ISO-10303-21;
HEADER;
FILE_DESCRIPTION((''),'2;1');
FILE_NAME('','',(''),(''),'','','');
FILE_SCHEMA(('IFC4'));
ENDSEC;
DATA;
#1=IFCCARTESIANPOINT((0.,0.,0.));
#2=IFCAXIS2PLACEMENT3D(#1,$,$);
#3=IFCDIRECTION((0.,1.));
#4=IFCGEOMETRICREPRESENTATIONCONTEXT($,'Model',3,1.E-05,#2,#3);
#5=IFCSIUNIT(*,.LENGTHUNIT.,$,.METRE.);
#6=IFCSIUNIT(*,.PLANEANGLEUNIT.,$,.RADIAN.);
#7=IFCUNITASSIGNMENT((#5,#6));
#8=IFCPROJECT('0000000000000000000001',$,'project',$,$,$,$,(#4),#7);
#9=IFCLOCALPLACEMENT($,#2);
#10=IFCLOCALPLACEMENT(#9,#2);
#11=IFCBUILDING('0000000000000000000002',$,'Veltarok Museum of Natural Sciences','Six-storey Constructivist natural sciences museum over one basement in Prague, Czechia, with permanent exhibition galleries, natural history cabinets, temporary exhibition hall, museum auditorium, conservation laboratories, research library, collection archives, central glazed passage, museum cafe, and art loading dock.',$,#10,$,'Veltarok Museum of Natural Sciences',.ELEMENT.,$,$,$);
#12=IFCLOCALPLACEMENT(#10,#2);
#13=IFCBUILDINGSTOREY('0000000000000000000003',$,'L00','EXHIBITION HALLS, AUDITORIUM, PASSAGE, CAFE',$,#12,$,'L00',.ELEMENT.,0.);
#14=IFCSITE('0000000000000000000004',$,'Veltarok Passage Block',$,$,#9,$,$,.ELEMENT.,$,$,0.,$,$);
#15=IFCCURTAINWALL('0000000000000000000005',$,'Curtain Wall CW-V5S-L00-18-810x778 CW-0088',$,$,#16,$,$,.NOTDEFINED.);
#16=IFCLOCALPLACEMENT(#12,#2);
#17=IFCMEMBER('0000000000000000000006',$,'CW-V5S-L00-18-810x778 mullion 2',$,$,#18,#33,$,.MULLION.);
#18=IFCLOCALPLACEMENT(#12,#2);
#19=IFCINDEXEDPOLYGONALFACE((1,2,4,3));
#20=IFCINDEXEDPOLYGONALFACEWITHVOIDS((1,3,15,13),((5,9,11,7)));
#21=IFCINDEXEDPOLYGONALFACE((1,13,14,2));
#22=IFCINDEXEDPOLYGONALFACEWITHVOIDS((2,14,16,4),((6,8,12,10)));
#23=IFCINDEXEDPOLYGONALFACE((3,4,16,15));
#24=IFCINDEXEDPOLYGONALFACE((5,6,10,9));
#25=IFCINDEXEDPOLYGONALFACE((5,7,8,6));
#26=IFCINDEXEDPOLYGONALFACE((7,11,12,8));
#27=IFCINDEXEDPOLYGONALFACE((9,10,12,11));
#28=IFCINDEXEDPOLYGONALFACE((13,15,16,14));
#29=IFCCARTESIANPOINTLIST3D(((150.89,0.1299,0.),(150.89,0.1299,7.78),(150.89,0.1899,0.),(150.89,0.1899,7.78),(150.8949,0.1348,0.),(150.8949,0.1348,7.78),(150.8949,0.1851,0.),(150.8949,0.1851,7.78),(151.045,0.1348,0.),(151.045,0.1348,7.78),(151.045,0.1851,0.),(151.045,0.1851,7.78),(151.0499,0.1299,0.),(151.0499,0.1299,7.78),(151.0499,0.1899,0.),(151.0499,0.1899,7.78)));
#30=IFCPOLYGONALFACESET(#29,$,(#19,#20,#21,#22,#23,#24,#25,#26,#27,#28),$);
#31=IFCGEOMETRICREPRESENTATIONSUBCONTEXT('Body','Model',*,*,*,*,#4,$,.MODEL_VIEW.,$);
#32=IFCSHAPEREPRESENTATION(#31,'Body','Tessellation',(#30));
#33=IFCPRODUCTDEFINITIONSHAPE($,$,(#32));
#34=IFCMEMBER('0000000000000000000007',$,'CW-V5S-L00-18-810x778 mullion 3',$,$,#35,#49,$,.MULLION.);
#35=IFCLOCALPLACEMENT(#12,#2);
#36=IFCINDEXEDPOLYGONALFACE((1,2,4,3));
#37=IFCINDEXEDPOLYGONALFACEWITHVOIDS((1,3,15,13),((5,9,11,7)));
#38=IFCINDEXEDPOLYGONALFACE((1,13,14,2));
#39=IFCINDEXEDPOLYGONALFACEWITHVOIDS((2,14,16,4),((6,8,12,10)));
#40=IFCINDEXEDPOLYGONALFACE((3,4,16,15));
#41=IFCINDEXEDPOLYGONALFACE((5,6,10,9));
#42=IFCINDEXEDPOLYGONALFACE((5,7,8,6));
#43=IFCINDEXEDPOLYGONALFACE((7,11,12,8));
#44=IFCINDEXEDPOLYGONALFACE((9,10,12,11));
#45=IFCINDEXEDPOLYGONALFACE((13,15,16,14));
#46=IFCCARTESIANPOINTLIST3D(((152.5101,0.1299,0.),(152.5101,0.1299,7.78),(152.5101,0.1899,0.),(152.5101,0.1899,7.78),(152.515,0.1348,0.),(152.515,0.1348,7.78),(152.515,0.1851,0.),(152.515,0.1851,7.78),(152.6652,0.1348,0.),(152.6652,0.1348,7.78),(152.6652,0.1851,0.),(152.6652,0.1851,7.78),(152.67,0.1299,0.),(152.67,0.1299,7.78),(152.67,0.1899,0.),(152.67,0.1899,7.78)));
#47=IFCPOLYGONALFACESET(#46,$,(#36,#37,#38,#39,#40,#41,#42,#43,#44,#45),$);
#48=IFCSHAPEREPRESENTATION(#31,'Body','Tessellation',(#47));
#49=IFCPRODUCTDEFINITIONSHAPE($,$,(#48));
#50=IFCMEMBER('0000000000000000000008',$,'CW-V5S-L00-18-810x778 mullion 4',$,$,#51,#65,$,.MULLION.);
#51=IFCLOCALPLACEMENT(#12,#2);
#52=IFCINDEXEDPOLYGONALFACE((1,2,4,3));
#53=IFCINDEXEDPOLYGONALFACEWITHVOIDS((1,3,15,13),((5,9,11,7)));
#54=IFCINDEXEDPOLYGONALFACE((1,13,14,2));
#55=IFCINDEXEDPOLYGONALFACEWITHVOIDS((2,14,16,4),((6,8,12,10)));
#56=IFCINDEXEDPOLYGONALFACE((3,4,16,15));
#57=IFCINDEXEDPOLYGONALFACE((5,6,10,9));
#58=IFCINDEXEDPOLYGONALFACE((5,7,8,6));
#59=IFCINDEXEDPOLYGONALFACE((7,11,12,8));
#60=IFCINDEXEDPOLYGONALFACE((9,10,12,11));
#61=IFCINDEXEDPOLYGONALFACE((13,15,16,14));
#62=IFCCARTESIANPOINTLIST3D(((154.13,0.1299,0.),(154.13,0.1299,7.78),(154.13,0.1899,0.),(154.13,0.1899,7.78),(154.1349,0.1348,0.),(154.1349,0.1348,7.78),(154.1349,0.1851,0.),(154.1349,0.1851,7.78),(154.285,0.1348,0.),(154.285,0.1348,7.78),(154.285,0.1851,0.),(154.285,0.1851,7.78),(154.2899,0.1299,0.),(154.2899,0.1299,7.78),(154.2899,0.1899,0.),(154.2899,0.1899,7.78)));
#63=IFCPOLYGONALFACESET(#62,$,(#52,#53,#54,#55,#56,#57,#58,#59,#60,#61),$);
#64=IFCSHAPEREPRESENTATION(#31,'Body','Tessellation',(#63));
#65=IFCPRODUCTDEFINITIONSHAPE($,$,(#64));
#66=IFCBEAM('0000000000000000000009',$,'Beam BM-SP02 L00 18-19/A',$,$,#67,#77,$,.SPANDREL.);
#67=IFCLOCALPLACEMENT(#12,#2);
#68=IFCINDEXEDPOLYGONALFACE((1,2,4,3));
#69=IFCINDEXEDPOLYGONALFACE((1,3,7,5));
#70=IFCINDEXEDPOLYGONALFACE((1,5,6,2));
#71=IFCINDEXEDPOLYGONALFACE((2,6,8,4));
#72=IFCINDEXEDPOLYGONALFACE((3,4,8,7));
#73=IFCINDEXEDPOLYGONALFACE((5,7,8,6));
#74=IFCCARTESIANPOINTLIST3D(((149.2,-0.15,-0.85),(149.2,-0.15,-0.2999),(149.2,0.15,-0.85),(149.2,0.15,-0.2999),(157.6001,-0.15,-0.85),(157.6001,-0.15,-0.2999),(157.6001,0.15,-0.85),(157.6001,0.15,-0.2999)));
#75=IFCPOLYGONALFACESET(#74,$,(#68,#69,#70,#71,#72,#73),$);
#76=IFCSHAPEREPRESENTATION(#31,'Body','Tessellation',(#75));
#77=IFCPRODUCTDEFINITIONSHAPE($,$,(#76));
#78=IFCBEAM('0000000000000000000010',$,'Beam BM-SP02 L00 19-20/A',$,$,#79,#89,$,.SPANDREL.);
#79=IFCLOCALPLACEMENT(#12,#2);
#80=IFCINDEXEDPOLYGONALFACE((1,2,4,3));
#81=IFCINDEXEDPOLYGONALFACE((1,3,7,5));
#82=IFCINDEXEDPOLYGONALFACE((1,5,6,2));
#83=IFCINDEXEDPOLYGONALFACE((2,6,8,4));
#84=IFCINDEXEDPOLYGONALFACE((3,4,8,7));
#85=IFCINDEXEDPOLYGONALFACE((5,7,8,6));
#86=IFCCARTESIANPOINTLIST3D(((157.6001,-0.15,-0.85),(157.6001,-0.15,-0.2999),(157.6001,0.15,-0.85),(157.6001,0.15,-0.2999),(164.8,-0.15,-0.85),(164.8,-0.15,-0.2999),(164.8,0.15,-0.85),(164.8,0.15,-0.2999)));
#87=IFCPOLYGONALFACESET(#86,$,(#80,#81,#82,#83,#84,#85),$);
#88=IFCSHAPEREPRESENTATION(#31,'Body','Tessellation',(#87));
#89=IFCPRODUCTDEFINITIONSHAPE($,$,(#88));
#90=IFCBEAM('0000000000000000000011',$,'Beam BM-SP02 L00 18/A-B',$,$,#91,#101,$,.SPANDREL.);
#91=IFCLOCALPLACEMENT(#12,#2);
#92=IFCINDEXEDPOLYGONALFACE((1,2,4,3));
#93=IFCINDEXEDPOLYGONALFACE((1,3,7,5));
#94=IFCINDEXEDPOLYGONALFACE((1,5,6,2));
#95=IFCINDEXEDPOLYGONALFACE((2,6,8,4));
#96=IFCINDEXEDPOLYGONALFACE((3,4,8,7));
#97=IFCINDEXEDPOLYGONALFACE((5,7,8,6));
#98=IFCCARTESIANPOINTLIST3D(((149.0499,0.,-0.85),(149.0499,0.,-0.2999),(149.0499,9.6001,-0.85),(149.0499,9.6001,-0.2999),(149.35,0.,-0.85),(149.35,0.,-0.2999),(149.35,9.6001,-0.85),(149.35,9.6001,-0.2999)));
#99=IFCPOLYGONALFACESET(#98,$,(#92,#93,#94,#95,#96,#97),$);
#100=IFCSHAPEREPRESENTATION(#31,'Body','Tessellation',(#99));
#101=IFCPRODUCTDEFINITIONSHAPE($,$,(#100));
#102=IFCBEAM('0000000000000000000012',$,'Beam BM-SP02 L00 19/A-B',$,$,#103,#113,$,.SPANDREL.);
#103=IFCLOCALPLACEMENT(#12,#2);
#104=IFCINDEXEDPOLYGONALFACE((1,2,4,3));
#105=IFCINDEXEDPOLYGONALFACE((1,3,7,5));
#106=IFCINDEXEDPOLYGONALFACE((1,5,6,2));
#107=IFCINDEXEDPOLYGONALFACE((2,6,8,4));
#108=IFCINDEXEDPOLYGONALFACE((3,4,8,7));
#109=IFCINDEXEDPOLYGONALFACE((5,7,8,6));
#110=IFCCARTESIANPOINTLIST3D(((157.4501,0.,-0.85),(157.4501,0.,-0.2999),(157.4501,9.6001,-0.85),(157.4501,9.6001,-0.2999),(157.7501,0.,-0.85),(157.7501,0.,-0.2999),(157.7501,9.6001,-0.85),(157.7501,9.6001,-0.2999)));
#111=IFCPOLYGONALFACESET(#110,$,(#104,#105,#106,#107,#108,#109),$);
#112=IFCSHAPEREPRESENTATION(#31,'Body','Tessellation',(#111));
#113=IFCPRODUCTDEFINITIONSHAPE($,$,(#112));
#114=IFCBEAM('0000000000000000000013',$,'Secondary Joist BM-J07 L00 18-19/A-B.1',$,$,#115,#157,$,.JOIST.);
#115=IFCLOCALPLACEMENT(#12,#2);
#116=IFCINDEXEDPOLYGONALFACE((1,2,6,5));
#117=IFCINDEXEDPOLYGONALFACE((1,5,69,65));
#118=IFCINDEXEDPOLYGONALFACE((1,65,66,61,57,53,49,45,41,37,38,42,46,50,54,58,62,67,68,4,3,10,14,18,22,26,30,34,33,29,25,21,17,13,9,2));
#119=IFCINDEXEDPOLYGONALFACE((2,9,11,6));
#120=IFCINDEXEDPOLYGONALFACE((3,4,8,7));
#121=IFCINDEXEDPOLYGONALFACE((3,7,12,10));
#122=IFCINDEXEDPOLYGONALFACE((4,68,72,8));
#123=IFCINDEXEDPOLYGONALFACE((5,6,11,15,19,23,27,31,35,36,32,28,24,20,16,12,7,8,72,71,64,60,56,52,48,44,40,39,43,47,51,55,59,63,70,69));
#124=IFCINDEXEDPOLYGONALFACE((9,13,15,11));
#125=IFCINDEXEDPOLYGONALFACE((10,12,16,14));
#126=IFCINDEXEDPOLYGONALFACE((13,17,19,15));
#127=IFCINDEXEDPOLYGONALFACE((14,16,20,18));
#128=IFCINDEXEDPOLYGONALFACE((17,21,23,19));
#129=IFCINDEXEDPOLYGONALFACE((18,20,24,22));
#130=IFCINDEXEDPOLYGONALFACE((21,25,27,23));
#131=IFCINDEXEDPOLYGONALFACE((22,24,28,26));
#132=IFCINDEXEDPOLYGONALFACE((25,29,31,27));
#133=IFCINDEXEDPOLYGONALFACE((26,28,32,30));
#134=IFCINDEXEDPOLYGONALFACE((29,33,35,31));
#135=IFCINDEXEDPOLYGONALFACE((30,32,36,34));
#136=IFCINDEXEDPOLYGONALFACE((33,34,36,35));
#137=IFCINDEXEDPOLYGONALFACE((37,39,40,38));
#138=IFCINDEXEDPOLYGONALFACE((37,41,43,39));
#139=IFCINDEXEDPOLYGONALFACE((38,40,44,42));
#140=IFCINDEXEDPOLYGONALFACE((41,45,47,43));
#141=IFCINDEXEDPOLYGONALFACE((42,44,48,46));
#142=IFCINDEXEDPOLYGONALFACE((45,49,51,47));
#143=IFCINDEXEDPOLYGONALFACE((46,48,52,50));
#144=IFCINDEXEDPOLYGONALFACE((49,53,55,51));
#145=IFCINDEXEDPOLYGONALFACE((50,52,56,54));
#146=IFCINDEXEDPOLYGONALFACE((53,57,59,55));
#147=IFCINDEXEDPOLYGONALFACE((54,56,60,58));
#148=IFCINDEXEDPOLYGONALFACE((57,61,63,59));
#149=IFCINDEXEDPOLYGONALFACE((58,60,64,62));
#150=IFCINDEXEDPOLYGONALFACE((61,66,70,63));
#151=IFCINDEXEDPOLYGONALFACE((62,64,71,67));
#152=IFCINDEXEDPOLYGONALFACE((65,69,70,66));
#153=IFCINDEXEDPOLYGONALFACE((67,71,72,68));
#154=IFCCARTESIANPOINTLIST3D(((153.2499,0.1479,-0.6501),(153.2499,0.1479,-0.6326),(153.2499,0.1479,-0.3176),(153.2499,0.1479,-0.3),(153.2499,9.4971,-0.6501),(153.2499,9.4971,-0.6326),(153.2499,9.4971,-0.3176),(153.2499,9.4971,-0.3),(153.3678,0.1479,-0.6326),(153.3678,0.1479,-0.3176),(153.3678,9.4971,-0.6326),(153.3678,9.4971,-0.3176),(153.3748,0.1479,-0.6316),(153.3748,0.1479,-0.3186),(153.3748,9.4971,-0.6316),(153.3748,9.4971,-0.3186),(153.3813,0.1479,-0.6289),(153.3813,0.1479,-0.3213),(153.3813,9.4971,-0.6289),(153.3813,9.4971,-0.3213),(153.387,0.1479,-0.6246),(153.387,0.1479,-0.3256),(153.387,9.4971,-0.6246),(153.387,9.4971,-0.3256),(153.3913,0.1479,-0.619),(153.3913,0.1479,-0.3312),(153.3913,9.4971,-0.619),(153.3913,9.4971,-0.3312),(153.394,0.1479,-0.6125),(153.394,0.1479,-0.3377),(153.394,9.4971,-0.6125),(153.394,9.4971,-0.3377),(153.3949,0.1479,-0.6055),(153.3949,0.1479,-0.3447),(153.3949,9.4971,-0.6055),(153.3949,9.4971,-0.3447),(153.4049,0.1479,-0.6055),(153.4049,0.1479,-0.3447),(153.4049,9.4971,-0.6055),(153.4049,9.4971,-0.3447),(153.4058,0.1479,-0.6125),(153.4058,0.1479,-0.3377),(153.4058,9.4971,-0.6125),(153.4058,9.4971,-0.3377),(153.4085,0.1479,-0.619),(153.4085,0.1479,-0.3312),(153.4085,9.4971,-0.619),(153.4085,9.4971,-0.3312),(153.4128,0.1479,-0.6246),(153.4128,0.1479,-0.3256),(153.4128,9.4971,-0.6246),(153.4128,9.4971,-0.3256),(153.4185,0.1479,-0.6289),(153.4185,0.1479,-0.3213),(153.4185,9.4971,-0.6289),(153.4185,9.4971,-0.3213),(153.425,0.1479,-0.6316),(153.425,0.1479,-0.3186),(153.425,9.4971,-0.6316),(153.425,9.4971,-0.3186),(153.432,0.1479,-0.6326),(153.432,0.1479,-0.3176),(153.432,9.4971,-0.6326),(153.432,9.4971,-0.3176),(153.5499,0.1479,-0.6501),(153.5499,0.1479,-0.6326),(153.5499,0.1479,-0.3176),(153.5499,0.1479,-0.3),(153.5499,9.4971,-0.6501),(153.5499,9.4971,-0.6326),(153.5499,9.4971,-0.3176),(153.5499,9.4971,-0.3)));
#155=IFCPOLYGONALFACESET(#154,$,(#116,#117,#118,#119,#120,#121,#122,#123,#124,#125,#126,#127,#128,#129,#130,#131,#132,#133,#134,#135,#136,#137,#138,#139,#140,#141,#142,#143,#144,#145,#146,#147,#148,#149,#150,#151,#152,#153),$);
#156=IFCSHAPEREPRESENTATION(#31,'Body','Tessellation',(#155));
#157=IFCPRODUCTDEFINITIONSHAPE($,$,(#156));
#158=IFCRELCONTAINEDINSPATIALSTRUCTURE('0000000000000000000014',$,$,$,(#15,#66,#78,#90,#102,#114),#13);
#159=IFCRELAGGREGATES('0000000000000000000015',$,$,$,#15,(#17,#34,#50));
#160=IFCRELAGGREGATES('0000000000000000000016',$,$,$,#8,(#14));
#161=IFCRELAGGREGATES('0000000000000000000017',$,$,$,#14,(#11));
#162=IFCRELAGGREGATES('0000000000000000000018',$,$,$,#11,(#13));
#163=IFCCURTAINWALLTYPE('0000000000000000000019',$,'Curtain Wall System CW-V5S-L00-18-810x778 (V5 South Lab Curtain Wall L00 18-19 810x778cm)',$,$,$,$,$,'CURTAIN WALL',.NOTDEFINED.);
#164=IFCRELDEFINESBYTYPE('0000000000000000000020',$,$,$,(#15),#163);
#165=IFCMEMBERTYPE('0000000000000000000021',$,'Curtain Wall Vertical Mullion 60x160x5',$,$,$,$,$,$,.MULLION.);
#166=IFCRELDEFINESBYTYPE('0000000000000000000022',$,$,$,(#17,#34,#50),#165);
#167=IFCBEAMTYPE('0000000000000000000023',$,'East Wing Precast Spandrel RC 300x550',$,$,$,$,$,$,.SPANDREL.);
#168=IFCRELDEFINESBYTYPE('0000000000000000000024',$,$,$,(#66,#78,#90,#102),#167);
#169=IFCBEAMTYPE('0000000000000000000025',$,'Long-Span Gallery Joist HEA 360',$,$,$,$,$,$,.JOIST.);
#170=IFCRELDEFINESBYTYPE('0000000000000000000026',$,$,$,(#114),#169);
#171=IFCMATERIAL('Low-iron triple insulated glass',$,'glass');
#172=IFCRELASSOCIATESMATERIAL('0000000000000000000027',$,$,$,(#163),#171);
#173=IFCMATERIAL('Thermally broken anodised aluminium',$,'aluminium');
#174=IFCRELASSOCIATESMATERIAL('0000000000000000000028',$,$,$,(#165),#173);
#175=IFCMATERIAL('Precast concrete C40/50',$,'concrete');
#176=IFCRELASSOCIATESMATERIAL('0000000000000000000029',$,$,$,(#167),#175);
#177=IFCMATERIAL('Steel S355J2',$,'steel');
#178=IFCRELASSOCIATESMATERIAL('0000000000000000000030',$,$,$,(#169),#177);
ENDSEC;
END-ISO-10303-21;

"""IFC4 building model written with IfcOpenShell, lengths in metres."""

from ifc_helpers import new_model, si_unit, direction, frame, origin, origin_2d, place, context, subcontext, project, spatial, rectangle, hollow_rectangle, i_section, extrude, material, material_profile, profile_set, type_object, element, aggregate, save


model = new_model("IFC4")

# Units and contexts
model_context = context("Model", 3, precision=1e-05, world=origin(), true_north=direction((0.0, 1.0)))
body_context = subcontext(model_context, "Body", "Model", "MODEL_VIEW")
ifc_project = project(units=[si_unit("LENGTHUNIT", "METRE"), si_unit("PLANEANGLEUNIT", "RADIAN")], contexts=[model_context])

# Site, building, storey
site_placement = place(None, origin())
site = spatial("IfcSite", under=ifc_project, at=site_placement, Name="Veltarok Passage Block", CompositionType="ELEMENT", RefElevation=0.0)
building_placement = place(site_placement, origin())
building = spatial("IfcBuilding", under=site, at=building_placement, Name="Veltarok Museum of Natural Sciences", Description="Six-storey Constructivist natural sciences museum over one basement in Prague, Czechia, with permanent exhibition galleries, natural history cabinets, temporary exhibition hall, museum auditorium, conservation laboratories, research library, collection archives, central glazed passage, museum cafe, and art loading dock.", LongName="Veltarok Museum of Natural Sciences", CompositionType="ELEMENT")
storey_placement = place(building_placement, origin())
storey = spatial("IfcBuildingStorey", under=building, at=storey_placement, Name="L00", Description="EXHIBITION HALLS, AUDITORIUM, PASSAGE, CAFE", LongName="L00", CompositionType="ELEMENT", Elevation=0.0)

# Shared definitions
ifc_material_1 = material(Name="Steel S355J2", Category="steel")

# Curtain wall, members
ifc_material_2 = material(Name="Low-iron triple insulated glass", Category="glass")
curtain_wall_type = type_object("IfcCurtainWallType", Name="Curtain Wall System CW-V5S-L00-18-810x778 (V5 South Lab Curtain Wall L00 18-19 810x778cm)", ElementType="CURTAIN WALL", PredefinedType="NOTDEFINED", material=ifc_material_2)
curtain_wall_placement = place(storey_placement, origin())
curtain_wall = element("IfcCurtainWall", 1, at=curtain_wall_placement, inside=storey, type_object=curtain_wall_type, Name="Curtain Wall CW-V5S-L00-18-810x778 CW-0088", PredefinedType="NOTDEFINED")
ifc_material_3 = material(Name="Thermally broken anodised aluminium", Category="aluminium")
ifc_material_profile_1 = material_profile(ifc_material_3, hollow_rectangle(XDim=0.0601, YDim=0.1599, WallThickness=0.0049, at=origin_2d()), Name="CW MULLION 60x160x5")
ifc_profile_set_1 = profile_set([ifc_material_profile_1], Name="Thermally broken anodised aluminium")
member_type_1 = type_object("IfcMemberType", Name="Curtain Wall Vertical Mullion 60x160x5", PredefinedType="MULLION", material=ifc_profile_set_1)
member_1_placement = place(storey_placement, frame((150.97, 0.1599, 0.0), z_axis=(0.0, 0.0, 1.0), x_axis=(0.0, 1.0, 0.0)))
member_1 = element("IfcMember", 2, at=member_1_placement, type_object=member_type_1, Name="CW-V5S-L00-18-810x778 mullion 2", PredefinedType="MULLION", context=body_context, shape_type="SweptSolid", body=[
    extrude(hollow_rectangle(XDim=0.0601, YDim=0.1599, WallThickness=0.0049, at=origin_2d()), origin(), (0.0, 0.0, 1.0), 7.78),
])
member_2_placement = place(storey_placement, frame((152.5901, 0.1599, 0.0), z_axis=(0.0, 0.0, 1.0), x_axis=(0.0, 1.0, 0.0)))
member_2 = element("IfcMember", 3, at=member_2_placement, type_object=member_type_1, Name="CW-V5S-L00-18-810x778 mullion 3", PredefinedType="MULLION", context=body_context, shape_type="SweptSolid", body=[
    extrude(hollow_rectangle(XDim=0.0601, YDim=0.1599, WallThickness=0.0049, at=origin_2d()), origin(), (0.0, 0.0, 1.0), 7.78),
])
member_3_placement = place(storey_placement, frame((154.21, 0.1599, 0.0), z_axis=(0.0, 0.0, 1.0), x_axis=(0.0, 1.0, 0.0)))
member_3 = element("IfcMember", 4, at=member_3_placement, type_object=member_type_1, Name="CW-V5S-L00-18-810x778 mullion 4", PredefinedType="MULLION", context=body_context, shape_type="SweptSolid", body=[
    extrude(hollow_rectangle(XDim=0.0601, YDim=0.1599, WallThickness=0.0049, at=origin_2d()), origin(), (0.0, 0.0, 1.0), 7.78),
])

# Beams
ifc_material_4 = material(Name="Precast concrete C40/50", Category="concrete")
ifc_material_profile_2 = material_profile(ifc_material_4, rectangle(XDim=0.3, YDim=0.55, at=origin_2d()), Name="RC 300x550")
ifc_profile_set_2 = profile_set([ifc_material_profile_2], Name="Precast concrete C40/50")
beam_type_1 = type_object("IfcBeamType", Name="East Wing Precast Spandrel RC 300x550", PredefinedType="SPANDREL", material=ifc_profile_set_2)
beam_1_placement = place(storey_placement, frame((149.2, 0.0, -0.575), z_axis=(1.0, 0.0, 0.0), x_axis=(0.0, 1.0, 0.0)))
element("IfcBeam", 5, at=beam_1_placement, inside=storey, type_object=beam_type_1, Name="Beam BM-SP02 L00 18-19/A", PredefinedType="SPANDREL", context=body_context, shape_type="SweptSolid", body=[
    extrude(rectangle(XDim=0.3, YDim=0.55, at=origin_2d()), origin(), (0.0, 0.0, 1.0), 8.4001),
])
beam_2_placement = place(storey_placement, frame((157.6001, 0.0, -0.575), z_axis=(1.0, 0.0, 0.0), x_axis=(0.0, 1.0, 0.0)))
element("IfcBeam", 6, at=beam_2_placement, inside=storey, type_object=beam_type_1, Name="Beam BM-SP02 L00 19-20/A", PredefinedType="SPANDREL", context=body_context, shape_type="SweptSolid", body=[
    extrude(rectangle(XDim=0.3, YDim=0.55, at=origin_2d()), origin(), (0.0, 0.0, 1.0), 7.2),
])
for number, where, z_axis, x_axis, name in (
    (7, (149.2, 0.0, -0.575), (0.0, 1.0, 0.0), (-1.0, 0.0, 0.0), "Beam BM-SP02 L00 18/A-B"),
    (8, (157.6001, 0.0, -0.575), (0.0, 1.0, 0.0), (-1.0, 0.0, 0.0), "Beam BM-SP02 L00 19/A-B"),
):
    element("IfcBeam", number, at=place(storey_placement, frame(where, z_axis=z_axis, x_axis=x_axis)), inside=storey, type_object=beam_type_1, Name=name, PredefinedType="SPANDREL", context=body_context, shape_type="SweptSolid", body=[
        extrude(rectangle(XDim=0.3, YDim=0.55, at=origin_2d()), origin(), (0.0, 0.0, 1.0), 9.6001),
    ])
ifc_material_profile_3 = material_profile(ifc_material_1, i_section(OverallWidth=0.3, OverallDepth=0.3501, WebThickness=0.01, FlangeThickness=0.0176, FilletRadius=0.0271, at=origin_2d()), Name="HEA 360")
ifc_profile_set_3 = profile_set([ifc_material_profile_3], Name="Steel S355J2")
beam_type_2 = type_object("IfcBeamType", Name="Long-Span Gallery Joist HEA 360", PredefinedType="JOIST", material=ifc_profile_set_3)
beam_3_placement = place(storey_placement, frame((153.3999, 0.1479, -0.4751), z_axis=(0.0, 1.0, 0.0), x_axis=(-1.0, 0.0, 0.0)))
element("IfcBeam", 9, at=beam_3_placement, inside=storey, type_object=beam_type_2, Name="Secondary Joist BM-J07 L00 18-19/A-B.1", PredefinedType="JOIST", context=body_context, shape_type="SweptSolid", body=[
    extrude(i_section(OverallWidth=0.3, OverallDepth=0.3501, WebThickness=0.01, FlangeThickness=0.0176, FilletRadius=0.0271, at=origin_2d()), origin(), (0.0, 0.0, 1.0), 9.3491),
])

aggregate(curtain_wall, [member_1, member_2, member_3])

save(model, "model.ifc")
